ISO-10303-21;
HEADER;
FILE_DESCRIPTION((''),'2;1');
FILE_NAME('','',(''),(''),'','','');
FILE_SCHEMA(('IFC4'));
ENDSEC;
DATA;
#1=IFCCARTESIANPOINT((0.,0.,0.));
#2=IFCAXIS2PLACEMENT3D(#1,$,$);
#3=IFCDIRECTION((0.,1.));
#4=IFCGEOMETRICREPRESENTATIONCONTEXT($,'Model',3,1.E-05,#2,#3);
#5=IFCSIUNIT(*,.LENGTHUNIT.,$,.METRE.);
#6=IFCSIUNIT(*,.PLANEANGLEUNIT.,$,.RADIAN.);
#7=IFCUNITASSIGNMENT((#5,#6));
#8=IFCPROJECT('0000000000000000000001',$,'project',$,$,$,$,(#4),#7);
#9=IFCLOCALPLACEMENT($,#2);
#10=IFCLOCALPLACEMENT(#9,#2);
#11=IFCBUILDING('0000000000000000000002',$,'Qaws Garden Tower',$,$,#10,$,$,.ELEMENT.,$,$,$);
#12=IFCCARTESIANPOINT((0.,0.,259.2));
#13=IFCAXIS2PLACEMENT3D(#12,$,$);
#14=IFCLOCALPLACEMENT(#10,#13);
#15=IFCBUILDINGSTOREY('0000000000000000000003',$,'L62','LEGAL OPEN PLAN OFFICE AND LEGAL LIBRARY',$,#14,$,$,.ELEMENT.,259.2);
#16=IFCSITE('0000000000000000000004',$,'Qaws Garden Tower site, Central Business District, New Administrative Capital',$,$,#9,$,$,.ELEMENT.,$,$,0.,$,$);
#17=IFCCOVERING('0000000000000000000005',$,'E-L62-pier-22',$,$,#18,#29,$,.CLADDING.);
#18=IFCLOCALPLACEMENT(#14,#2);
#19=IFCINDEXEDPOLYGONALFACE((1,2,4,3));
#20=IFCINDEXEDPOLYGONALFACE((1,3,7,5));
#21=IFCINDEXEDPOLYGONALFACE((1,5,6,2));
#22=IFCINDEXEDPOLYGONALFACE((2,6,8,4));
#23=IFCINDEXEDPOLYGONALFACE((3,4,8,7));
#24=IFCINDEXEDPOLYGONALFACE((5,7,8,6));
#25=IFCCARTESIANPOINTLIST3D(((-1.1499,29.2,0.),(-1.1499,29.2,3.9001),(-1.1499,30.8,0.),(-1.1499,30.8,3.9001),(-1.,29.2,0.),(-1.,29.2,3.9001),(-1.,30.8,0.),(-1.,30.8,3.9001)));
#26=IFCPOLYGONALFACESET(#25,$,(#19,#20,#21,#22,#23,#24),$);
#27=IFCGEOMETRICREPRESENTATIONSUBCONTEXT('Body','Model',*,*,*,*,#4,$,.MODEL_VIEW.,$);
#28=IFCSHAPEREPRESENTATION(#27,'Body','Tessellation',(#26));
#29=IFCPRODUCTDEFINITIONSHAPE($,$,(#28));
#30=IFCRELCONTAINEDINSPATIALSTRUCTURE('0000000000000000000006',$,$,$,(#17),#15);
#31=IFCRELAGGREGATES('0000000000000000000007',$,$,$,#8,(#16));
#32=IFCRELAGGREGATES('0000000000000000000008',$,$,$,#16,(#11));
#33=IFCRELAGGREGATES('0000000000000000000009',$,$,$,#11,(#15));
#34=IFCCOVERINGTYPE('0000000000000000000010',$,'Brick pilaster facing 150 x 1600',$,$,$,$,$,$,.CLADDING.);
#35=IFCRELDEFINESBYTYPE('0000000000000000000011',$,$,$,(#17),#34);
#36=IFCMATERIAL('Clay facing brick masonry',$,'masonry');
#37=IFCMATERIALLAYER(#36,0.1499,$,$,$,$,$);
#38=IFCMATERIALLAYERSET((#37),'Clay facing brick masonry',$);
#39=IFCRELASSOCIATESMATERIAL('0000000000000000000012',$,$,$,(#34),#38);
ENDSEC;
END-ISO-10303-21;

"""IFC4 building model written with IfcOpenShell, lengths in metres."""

from ifc_helpers import new_model, si_unit, direction, frame, origin, place, context, subcontext, project, spatial, polyline, outline, extrude, material, layer, layer_set, type_object, element, save


model = new_model("IFC4")

# Units and contexts
model_context = context("Model", 3, precision=1e-05, world=origin(), true_north=direction((0.0, 1.0)))
body_context = subcontext(model_context, "Body", "Model", "MODEL_VIEW")
ifc_project = project(units=[si_unit("LENGTHUNIT", "METRE"), si_unit("PLANEANGLEUNIT", "RADIAN")], contexts=[model_context])

# Site, building, storey
site_placement = place(None, origin())
site = spatial("IfcSite", under=ifc_project, at=site_placement, Name="Qaws Garden Tower site, Central Business District, New Administrative Capital", CompositionType="ELEMENT", RefElevation=0.0)
building_placement = place(site_placement, origin())
building = spatial("IfcBuilding", under=site, at=building_placement, Name="Qaws Garden Tower", CompositionType="ELEMENT")
storey_placement = place(building_placement, frame((0.0, 0.0, 259.2)))
storey = spatial("IfcBuildingStorey", under=building, at=storey_placement, Name="L62", Description="LEGAL OPEN PLAN OFFICE AND LEGAL LIBRARY", CompositionType="ELEMENT", Elevation=259.2)

# Shared definitions
placement = place(storey_placement, origin())

# Covering
ifc_material_1 = material(Name="Clay facing brick masonry", Category="masonry")
ifc_layer_1 = layer(ifc_material_1, 0.1499)
ifc_layer_set_1 = layer_set([ifc_layer_1], Name="Clay facing brick masonry")
covering_type = type_object("IfcCoveringType", Name="Brick pilaster facing 150 x 1600", PredefinedType="CLADDING", material=ifc_layer_set_1)
element("IfcCovering", 1, at=placement, inside=storey, type_object=covering_type, Name="E-L62-pier-22", PredefinedType="CLADDING", context=body_context, shape_type="SweptSolid", body=[
    extrude(outline(polyline([(-1.0, 30.8), (-1.0, 29.2), (-1.1499, 29.2), (-1.1499, 30.8), (-1.0, 30.8)])), origin(), (0.0, 0.0, 1.0), 3.9001),
])

save(model, "model.ifc")
